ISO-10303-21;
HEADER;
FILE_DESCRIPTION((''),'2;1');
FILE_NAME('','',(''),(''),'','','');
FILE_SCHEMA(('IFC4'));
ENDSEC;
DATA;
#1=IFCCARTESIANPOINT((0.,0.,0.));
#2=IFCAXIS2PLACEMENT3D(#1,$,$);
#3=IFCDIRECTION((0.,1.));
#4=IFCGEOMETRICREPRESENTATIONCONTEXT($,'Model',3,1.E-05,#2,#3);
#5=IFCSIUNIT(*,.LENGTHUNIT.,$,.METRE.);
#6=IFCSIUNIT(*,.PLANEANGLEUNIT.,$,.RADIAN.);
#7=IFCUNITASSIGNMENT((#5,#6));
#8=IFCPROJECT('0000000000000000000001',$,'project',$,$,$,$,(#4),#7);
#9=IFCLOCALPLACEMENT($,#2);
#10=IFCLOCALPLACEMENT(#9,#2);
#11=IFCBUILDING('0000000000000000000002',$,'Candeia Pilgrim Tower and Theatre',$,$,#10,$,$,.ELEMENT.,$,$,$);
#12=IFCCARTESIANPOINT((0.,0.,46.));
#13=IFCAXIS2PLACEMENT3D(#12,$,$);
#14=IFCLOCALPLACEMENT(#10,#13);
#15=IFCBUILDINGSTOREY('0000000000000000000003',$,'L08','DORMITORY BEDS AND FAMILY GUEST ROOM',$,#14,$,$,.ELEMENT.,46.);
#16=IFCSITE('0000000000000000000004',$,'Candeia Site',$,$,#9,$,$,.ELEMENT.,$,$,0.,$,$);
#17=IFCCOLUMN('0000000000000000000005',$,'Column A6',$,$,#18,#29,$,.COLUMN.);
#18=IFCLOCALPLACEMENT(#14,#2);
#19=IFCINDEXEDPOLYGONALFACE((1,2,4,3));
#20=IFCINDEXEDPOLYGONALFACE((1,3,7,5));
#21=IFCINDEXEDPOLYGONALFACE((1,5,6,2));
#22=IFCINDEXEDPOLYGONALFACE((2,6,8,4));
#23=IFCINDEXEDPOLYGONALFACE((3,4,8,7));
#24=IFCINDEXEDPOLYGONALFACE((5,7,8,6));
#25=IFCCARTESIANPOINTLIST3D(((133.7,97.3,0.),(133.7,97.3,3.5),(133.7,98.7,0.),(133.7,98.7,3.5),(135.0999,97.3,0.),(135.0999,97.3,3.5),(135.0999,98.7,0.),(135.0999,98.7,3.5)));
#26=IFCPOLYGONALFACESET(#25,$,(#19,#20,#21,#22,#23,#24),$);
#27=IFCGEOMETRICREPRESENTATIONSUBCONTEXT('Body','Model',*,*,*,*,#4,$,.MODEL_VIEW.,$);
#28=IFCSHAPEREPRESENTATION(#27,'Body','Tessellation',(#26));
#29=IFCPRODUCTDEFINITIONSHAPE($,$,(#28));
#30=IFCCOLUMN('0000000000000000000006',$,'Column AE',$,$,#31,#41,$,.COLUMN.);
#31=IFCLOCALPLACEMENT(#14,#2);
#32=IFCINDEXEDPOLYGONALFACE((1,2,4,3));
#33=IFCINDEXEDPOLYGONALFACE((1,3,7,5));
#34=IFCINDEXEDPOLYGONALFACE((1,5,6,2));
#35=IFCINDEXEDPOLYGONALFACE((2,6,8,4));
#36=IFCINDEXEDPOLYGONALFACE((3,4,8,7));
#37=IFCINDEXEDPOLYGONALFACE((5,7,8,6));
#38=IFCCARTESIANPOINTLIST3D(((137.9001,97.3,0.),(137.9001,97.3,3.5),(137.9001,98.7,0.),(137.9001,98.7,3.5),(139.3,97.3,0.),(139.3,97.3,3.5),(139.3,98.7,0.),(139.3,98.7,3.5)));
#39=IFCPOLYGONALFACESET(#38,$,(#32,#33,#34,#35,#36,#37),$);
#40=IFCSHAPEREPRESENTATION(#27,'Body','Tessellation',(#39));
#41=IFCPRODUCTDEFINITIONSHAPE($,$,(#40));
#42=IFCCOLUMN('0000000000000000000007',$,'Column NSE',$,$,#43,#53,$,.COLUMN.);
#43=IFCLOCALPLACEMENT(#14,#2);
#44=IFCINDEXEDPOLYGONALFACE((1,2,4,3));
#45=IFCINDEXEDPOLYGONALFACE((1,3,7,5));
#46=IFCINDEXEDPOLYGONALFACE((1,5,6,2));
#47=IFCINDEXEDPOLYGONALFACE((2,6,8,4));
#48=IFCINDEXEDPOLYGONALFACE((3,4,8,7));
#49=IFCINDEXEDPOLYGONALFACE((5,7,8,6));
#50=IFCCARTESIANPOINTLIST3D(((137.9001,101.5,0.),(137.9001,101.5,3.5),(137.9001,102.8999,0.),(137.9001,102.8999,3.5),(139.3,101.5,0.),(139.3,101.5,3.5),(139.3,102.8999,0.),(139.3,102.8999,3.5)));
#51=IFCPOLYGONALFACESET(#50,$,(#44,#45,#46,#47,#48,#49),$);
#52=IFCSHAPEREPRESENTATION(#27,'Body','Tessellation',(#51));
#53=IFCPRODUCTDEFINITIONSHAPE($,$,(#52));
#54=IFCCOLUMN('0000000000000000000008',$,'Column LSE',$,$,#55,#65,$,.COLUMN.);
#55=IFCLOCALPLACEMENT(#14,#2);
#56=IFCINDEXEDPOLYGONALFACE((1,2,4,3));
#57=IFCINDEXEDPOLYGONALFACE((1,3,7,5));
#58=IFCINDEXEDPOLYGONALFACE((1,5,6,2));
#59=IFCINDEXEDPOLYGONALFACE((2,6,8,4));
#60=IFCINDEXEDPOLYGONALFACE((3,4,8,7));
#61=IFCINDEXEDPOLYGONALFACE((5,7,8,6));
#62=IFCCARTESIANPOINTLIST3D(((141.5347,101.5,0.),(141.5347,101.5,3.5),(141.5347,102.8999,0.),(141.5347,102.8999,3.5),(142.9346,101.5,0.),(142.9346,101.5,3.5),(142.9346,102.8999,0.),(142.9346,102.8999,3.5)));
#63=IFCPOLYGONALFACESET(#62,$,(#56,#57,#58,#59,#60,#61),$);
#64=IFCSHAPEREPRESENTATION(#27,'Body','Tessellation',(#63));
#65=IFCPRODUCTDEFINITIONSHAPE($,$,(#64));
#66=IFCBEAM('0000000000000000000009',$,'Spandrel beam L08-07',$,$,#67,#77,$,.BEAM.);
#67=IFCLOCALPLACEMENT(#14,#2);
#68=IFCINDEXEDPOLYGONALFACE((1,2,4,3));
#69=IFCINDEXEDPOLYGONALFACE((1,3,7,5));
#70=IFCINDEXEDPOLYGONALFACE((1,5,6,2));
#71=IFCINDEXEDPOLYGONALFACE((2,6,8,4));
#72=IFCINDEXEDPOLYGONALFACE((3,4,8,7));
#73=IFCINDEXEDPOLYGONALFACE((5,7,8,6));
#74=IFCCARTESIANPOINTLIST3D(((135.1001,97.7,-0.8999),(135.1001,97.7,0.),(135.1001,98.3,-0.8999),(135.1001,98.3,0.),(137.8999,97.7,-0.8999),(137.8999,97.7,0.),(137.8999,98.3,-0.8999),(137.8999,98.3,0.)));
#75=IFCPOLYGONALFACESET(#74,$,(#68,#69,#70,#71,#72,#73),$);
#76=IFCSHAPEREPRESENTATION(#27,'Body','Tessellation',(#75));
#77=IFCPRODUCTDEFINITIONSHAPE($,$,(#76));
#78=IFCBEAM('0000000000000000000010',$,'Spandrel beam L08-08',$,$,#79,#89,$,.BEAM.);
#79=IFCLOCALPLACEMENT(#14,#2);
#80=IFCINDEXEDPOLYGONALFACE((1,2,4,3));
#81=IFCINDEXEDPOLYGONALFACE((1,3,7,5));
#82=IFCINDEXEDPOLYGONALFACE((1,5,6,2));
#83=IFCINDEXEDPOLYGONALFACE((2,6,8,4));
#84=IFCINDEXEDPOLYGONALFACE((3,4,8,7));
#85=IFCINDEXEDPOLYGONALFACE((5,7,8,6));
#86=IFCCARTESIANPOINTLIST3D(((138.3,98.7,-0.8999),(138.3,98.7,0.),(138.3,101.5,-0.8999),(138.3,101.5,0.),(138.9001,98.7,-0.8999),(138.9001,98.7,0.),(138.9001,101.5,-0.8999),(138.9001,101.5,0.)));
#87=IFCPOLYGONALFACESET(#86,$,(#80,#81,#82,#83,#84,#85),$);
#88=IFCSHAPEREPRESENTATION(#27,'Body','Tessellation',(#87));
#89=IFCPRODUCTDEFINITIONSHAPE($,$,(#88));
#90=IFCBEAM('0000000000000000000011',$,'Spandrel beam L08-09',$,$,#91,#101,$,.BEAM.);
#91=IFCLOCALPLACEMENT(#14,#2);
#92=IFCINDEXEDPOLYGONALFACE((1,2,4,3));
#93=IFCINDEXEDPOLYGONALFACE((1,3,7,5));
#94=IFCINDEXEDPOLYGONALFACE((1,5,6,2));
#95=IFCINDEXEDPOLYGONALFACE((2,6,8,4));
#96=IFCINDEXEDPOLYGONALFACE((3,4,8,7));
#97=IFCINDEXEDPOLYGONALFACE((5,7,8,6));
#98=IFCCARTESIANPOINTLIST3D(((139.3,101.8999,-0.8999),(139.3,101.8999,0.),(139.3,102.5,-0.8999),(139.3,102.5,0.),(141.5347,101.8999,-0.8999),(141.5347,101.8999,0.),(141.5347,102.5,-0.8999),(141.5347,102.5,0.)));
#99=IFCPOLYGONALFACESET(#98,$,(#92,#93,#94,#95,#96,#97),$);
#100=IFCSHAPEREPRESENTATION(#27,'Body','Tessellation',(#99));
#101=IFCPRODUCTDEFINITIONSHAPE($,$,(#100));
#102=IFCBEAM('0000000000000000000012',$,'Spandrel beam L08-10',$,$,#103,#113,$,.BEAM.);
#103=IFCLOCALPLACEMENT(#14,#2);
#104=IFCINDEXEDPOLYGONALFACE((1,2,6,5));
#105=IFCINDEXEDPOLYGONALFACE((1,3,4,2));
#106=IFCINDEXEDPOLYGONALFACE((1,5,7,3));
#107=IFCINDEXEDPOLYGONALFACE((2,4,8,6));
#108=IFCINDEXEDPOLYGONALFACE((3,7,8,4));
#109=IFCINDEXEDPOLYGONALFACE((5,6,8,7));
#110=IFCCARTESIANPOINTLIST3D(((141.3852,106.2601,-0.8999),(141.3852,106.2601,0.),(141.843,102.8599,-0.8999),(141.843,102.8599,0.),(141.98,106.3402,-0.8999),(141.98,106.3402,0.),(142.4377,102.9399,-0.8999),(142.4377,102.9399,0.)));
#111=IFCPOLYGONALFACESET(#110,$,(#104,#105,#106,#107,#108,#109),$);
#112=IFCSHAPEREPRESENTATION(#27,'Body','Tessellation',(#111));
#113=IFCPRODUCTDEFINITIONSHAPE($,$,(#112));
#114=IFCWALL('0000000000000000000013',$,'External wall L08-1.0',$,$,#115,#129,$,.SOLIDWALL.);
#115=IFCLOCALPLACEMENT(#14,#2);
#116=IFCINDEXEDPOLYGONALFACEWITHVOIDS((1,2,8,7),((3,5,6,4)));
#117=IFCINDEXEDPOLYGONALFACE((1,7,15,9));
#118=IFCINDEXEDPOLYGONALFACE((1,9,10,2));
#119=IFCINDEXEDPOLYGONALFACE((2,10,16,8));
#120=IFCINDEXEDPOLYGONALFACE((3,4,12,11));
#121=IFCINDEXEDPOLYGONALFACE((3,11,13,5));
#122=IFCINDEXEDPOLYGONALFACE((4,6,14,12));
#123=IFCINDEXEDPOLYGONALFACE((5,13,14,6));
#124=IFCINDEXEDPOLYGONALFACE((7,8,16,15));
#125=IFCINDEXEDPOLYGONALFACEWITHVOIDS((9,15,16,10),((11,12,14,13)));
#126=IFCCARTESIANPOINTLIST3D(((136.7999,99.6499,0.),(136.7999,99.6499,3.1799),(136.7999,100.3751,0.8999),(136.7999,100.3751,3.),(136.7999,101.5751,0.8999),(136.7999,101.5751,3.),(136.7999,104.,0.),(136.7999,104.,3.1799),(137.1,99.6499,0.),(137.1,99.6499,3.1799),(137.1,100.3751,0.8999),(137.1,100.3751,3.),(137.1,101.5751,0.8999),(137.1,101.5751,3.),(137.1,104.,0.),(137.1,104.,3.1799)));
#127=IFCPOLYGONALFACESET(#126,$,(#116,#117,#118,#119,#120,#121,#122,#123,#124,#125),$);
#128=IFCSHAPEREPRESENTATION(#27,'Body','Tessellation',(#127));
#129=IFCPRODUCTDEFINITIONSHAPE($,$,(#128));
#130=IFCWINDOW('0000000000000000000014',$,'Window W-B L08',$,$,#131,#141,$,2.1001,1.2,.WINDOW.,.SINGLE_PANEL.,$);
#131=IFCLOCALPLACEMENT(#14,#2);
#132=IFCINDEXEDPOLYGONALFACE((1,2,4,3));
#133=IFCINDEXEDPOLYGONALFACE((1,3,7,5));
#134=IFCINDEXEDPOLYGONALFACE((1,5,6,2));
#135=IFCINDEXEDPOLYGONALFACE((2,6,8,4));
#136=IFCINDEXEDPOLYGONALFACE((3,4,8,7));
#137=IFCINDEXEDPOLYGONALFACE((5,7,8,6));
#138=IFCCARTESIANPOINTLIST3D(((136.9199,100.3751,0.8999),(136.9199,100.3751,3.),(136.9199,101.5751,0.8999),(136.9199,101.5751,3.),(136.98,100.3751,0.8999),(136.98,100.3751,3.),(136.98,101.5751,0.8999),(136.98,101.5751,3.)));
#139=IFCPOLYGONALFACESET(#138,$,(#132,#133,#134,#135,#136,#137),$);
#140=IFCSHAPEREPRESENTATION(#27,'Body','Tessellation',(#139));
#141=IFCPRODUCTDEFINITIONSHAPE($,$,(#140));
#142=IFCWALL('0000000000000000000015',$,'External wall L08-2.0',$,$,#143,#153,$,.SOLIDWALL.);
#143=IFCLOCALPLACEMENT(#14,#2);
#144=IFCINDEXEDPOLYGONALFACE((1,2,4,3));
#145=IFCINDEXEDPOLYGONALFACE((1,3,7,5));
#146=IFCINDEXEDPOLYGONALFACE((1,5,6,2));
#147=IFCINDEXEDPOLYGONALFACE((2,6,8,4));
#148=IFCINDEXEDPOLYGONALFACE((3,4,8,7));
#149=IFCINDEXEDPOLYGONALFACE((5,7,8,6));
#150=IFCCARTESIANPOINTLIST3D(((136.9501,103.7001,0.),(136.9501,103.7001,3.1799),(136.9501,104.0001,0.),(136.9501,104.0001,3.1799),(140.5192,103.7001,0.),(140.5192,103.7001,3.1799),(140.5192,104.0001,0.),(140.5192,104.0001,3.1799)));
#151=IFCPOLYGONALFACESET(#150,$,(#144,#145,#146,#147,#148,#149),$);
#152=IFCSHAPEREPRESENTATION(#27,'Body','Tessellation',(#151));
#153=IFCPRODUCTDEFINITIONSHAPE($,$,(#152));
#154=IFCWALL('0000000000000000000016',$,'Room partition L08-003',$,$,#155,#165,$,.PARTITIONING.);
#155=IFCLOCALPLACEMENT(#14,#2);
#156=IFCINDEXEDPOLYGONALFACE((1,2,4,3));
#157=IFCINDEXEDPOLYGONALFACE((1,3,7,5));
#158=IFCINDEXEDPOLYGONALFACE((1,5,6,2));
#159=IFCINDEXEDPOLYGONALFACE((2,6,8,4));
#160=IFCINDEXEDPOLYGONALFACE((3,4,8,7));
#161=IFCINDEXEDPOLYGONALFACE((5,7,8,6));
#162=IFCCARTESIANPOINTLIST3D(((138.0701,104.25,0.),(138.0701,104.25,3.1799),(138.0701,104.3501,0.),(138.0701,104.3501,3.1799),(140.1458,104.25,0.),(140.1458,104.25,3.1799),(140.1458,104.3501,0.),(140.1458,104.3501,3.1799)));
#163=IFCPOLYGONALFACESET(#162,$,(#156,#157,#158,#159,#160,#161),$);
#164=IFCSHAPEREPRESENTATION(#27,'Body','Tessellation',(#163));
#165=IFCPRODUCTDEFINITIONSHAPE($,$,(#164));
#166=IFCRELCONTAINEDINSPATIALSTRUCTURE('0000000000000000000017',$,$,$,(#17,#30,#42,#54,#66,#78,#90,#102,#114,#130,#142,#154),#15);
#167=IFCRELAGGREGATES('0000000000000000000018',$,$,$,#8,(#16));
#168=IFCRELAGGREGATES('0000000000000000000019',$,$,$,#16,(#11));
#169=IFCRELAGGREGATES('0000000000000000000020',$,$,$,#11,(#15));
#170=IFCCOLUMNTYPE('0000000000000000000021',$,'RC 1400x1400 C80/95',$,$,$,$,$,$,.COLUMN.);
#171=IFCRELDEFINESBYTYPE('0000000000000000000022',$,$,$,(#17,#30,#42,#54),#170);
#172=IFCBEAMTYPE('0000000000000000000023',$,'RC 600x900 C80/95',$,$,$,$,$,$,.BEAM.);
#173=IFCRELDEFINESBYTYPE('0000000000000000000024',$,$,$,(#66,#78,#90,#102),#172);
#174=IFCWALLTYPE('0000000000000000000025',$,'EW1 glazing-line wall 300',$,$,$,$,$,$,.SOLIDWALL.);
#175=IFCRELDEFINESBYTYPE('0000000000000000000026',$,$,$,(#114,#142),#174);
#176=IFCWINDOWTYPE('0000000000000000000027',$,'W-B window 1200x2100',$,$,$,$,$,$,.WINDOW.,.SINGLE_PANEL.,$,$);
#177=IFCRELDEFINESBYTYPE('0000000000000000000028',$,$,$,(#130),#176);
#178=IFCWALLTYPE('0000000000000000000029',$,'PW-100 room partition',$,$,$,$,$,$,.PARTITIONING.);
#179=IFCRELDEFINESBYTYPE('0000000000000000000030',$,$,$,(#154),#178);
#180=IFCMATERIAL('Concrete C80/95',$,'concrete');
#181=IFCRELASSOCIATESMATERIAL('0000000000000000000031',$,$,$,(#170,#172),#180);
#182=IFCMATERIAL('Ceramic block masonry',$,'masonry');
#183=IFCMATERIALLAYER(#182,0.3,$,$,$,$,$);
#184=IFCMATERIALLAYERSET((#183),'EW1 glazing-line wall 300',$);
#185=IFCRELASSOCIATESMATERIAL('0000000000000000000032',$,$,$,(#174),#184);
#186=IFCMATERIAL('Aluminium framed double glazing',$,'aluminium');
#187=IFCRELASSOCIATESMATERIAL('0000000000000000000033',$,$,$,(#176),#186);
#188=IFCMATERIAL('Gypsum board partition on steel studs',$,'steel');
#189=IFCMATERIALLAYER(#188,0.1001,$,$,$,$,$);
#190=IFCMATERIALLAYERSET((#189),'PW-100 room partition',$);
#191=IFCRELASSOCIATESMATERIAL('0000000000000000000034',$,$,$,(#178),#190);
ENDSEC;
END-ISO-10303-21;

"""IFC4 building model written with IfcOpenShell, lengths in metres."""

from ifc_helpers import new_model, si_unit, direction, frame, frame_2d, origin, origin_2d, place, context, subcontext, project, spatial, rectangle, extrude, material, layer, layer_set, material_profile, profile_set, type_object, element, fill, save


model = new_model("IFC4")

# Units and contexts
model_context = context("Model", 3, precision=1e-05, world=origin(), true_north=direction((0.0, 1.0)))
body_context = subcontext(model_context, "Body", "Model", "MODEL_VIEW")
ifc_project = project(units=[si_unit("LENGTHUNIT", "METRE"), si_unit("PLANEANGLEUNIT", "RADIAN")], contexts=[model_context])

# Site, building, storey
site_placement = place(None, origin())
site = spatial("IfcSite", under=ifc_project, at=site_placement, Name="Candeia Site", CompositionType="ELEMENT", RefElevation=0.0)
building_placement = place(site_placement, origin())
building = spatial("IfcBuilding", under=site, at=building_placement, Name="Candeia Pilgrim Tower and Theatre", CompositionType="ELEMENT")
storey_placement = place(building_placement, frame((0.0, 0.0, 46.0)))
storey = spatial("IfcBuildingStorey", under=building, at=storey_placement, Name="L08", Description="DORMITORY BEDS AND FAMILY GUEST ROOM", CompositionType="ELEMENT", Elevation=46.0)

# Columns
ifc_material_1 = material(Name="Concrete C80/95", Category="concrete")
ifc_material_profile_1 = material_profile(ifc_material_1, rectangle(XDim=1.3999, YDim=1.3999, at=origin_2d()))
ifc_profile_set_1 = profile_set([ifc_material_profile_1], Name="Concrete C80/95")
column_type = type_object("IfcColumnType", Name="RC 1400x1400 C80/95", PredefinedType="COLUMN", material=ifc_profile_set_1)
for number, where, z_axis, x_axis, name in (
    (1, (134.3999, 98.0, 0.0), (0.0, 0.0, 1.0), (1.0, 0.0, 0.0), "Column A6"),
    (2, (138.6001, 98.0, 0.0), (0.0, 0.0, 1.0), (1.0, 0.0, 0.0), "Column AE"),
    (3, (138.6001, 102.2, 0.0), (0.0, 0.0, 1.0), (1.0, 0.0, 0.0), "Column NSE"),
    (4, (142.2346, 102.2, 0.0), (0.0, 0.0, 1.0), (1.0, 0.0, 0.0), "Column LSE"),
):
    element("IfcColumn", number, at=place(storey_placement, frame(where, z_axis=z_axis, x_axis=x_axis)), inside=storey, type_object=column_type, Name=name, PredefinedType="COLUMN", context=body_context, shape_type="SweptSolid", body=[
        extrude(rectangle(XDim=1.3999, YDim=1.3999, at=origin_2d()), origin(), (0.0, 0.0, 1.0), 3.5),
    ])

# Beams
ifc_material_profile_2 = material_profile(ifc_material_1, rectangle(XDim=0.6001, YDim=0.8999, at=origin_2d()))
ifc_profile_set_2 = profile_set([ifc_material_profile_2], Name="Concrete C80/95")
beam_type = type_object("IfcBeamType", Name="RC 600x900 C80/95", PredefinedType="BEAM", material=ifc_profile_set_2)
beam_1_placement = place(storey_placement, frame((135.1001, 98.0, -0.45), z_axis=(1.0, 0.0, 0.0), x_axis=(0.0, 1.0, 0.0)))
element("IfcBeam", 5, at=beam_1_placement, inside=storey, type_object=beam_type, Name="Spandrel beam L08-07", PredefinedType="BEAM", context=body_context, shape_type="SweptSolid", body=[
    extrude(rectangle(XDim=0.6001, YDim=0.8999, at=origin_2d()), origin(), (0.0, 0.0, 1.0), 2.7998),
])
beam_2_placement = place(storey_placement, frame((138.6001, 98.7, -0.45), z_axis=(0.0, 1.0, 0.0), x_axis=(-1.0, 0.0, 0.0)))
element("IfcBeam", 6, at=beam_2_placement, inside=storey, type_object=beam_type, Name="Spandrel beam L08-08", PredefinedType="BEAM", context=body_context, shape_type="SweptSolid", body=[
    extrude(rectangle(XDim=0.6001, YDim=0.8999, at=origin_2d()), origin(), (0.0, 0.0, 1.0), 2.8),
])
beam_3_placement = place(storey_placement, frame((139.3, 102.2, -0.45), z_axis=(1.0, 0.0, 0.0), x_axis=(0.0, 1.0, 0.0)))
element("IfcBeam", 7, at=beam_3_placement, inside=storey, type_object=beam_type, Name="Spandrel beam L08-09", PredefinedType="BEAM", context=body_context, shape_type="SweptSolid", body=[
    extrude(rectangle(XDim=0.6001, YDim=0.8999, at=origin_2d()), origin(), (0.0, 0.0, 1.0), 2.2346),
])
beam_4_placement = place(storey_placement, frame((142.1404, 102.8999, -0.45), z_axis=(-0.133427, 0.991059, 0.0), x_axis=(-0.991059, -0.133427, 0.0)))
element("IfcBeam", 8, at=beam_4_placement, inside=storey, type_object=beam_type, Name="Spandrel beam L08-10", PredefinedType="BEAM", context=body_context, shape_type="SweptSolid", body=[
    extrude(rectangle(XDim=0.6001, YDim=0.8999, at=origin_2d()), origin(), (0.0, 0.0, 1.0), 3.4309),
])

# Wall, opening, window
ifc_material_2 = material(Name="Ceramic block masonry", Category="masonry")
ifc_layer_1 = layer(ifc_material_2, 0.3)
ifc_layer_set_1 = layer_set([ifc_layer_1], Name="EW1 glazing-line wall 300")
wall_type_1 = type_object("IfcWallType", Name="EW1 glazing-line wall 300", PredefinedType="SOLIDWALL", material=ifc_layer_set_1)
wall_1_placement = place(storey_placement, frame((136.95, 99.6499, 0.0), z_axis=(0.0, 0.0, 1.0), x_axis=(0.0, 1.0, 0.0)))
wall_1 = element("IfcWall", 9, at=wall_1_placement, inside=storey, type_object=wall_type_1, Name="External wall L08-1.0", PredefinedType="SOLIDWALL", context=body_context, shape_type="SweptSolid", body=[
    extrude(rectangle(XDim=4.3501, YDim=0.3, at=frame_2d((2.175, 0.0))), origin(), (0.0, 0.0, 1.0), 3.1799),
])
opening_1_placement = place(wall_1_placement, frame((0.7251, 0.0, 0.8999)))
opening_1 = element("IfcOpeningElement", 10, at=opening_1_placement, cuts=wall_1, PredefinedType="OPENING", context=body_context, shape_type="SweptSolid", body=[
    extrude(rectangle(XDim=1.2, YDim=2.1001, at=frame_2d((0.6001, 1.05))), frame((0.0, 0.1602, 0.0), z_axis=(0.0, -1.0, 0.0), x_axis=(1.0, 0.0, 0.0)), (0.0, 0.0, 1.0), 0.3201),
])
ifc_material_3 = material(Name="Aluminium framed double glazing", Category="aluminium")
window_type = type_object("IfcWindowType", Name="W-B window 1200x2100", PartitioningType="SINGLE_PANEL", PredefinedType="WINDOW", material=ifc_material_3)
window_1_placement = place(opening_1_placement, origin())
window_1 = element("IfcWindow", 11, at=window_1_placement, inside=storey, type_object=window_type, Name="Window W-B L08", OverallHeight=2.1001, OverallWidth=1.2, PartitioningType="SINGLE_PANEL", PredefinedType="WINDOW", context=body_context, shape_type="SweptSolid", body=[
    extrude(rectangle(XDim=1.2, YDim=2.1001, at=frame_2d((0.6001, 1.05))), frame((0.0, 0.03, 0.0), z_axis=(0.0, -1.0, 0.0), x_axis=(1.0, 0.0, 0.0)), (0.0, 0.0, 1.0), 0.0601),
])
fill(opening_1, window_1)

# Wall
wall_2_placement = place(storey_placement, frame((136.95, 103.8501, 0.0), z_axis=(0.0, 0.0, 1.0), x_axis=(1.0, 0.0, 0.0)))
element("IfcWall", 12, at=wall_2_placement, inside=storey, type_object=wall_type_1, Name="External wall L08-2.0", PredefinedType="SOLIDWALL", context=body_context, shape_type="SweptSolid", body=[
    extrude(rectangle(XDim=3.5691, YDim=0.3, at=frame_2d((1.7847, 0.0))), origin(), (0.0, 0.0, 1.0), 3.1799),
])

# Wall
ifc_material_4 = material(Name="Gypsum board partition on steel studs", Category="steel")
ifc_layer_2 = layer(ifc_material_4, 0.1001)
ifc_layer_set_2 = layer_set([ifc_layer_2], Name="PW-100 room partition")
wall_type_2 = type_object("IfcWallType", Name="PW-100 room partition", PredefinedType="PARTITIONING", material=ifc_layer_set_2)
wall_3_placement = place(storey_placement, frame((138.0701, 104.3, 0.0), z_axis=(0.0, 0.0, 1.0), x_axis=(1.0, 0.0, 0.0)))
element("IfcWall", 13, at=wall_3_placement, inside=storey, type_object=wall_type_2, Name="Room partition L08-003", PredefinedType="PARTITIONING", context=body_context, shape_type="SweptSolid", body=[
    extrude(rectangle(XDim=2.0757, YDim=0.1001, at=frame_2d((1.0378, 0.0))), origin(), (0.0, 0.0, 1.0), 3.1799),
])

save(model, "model.ifc")
